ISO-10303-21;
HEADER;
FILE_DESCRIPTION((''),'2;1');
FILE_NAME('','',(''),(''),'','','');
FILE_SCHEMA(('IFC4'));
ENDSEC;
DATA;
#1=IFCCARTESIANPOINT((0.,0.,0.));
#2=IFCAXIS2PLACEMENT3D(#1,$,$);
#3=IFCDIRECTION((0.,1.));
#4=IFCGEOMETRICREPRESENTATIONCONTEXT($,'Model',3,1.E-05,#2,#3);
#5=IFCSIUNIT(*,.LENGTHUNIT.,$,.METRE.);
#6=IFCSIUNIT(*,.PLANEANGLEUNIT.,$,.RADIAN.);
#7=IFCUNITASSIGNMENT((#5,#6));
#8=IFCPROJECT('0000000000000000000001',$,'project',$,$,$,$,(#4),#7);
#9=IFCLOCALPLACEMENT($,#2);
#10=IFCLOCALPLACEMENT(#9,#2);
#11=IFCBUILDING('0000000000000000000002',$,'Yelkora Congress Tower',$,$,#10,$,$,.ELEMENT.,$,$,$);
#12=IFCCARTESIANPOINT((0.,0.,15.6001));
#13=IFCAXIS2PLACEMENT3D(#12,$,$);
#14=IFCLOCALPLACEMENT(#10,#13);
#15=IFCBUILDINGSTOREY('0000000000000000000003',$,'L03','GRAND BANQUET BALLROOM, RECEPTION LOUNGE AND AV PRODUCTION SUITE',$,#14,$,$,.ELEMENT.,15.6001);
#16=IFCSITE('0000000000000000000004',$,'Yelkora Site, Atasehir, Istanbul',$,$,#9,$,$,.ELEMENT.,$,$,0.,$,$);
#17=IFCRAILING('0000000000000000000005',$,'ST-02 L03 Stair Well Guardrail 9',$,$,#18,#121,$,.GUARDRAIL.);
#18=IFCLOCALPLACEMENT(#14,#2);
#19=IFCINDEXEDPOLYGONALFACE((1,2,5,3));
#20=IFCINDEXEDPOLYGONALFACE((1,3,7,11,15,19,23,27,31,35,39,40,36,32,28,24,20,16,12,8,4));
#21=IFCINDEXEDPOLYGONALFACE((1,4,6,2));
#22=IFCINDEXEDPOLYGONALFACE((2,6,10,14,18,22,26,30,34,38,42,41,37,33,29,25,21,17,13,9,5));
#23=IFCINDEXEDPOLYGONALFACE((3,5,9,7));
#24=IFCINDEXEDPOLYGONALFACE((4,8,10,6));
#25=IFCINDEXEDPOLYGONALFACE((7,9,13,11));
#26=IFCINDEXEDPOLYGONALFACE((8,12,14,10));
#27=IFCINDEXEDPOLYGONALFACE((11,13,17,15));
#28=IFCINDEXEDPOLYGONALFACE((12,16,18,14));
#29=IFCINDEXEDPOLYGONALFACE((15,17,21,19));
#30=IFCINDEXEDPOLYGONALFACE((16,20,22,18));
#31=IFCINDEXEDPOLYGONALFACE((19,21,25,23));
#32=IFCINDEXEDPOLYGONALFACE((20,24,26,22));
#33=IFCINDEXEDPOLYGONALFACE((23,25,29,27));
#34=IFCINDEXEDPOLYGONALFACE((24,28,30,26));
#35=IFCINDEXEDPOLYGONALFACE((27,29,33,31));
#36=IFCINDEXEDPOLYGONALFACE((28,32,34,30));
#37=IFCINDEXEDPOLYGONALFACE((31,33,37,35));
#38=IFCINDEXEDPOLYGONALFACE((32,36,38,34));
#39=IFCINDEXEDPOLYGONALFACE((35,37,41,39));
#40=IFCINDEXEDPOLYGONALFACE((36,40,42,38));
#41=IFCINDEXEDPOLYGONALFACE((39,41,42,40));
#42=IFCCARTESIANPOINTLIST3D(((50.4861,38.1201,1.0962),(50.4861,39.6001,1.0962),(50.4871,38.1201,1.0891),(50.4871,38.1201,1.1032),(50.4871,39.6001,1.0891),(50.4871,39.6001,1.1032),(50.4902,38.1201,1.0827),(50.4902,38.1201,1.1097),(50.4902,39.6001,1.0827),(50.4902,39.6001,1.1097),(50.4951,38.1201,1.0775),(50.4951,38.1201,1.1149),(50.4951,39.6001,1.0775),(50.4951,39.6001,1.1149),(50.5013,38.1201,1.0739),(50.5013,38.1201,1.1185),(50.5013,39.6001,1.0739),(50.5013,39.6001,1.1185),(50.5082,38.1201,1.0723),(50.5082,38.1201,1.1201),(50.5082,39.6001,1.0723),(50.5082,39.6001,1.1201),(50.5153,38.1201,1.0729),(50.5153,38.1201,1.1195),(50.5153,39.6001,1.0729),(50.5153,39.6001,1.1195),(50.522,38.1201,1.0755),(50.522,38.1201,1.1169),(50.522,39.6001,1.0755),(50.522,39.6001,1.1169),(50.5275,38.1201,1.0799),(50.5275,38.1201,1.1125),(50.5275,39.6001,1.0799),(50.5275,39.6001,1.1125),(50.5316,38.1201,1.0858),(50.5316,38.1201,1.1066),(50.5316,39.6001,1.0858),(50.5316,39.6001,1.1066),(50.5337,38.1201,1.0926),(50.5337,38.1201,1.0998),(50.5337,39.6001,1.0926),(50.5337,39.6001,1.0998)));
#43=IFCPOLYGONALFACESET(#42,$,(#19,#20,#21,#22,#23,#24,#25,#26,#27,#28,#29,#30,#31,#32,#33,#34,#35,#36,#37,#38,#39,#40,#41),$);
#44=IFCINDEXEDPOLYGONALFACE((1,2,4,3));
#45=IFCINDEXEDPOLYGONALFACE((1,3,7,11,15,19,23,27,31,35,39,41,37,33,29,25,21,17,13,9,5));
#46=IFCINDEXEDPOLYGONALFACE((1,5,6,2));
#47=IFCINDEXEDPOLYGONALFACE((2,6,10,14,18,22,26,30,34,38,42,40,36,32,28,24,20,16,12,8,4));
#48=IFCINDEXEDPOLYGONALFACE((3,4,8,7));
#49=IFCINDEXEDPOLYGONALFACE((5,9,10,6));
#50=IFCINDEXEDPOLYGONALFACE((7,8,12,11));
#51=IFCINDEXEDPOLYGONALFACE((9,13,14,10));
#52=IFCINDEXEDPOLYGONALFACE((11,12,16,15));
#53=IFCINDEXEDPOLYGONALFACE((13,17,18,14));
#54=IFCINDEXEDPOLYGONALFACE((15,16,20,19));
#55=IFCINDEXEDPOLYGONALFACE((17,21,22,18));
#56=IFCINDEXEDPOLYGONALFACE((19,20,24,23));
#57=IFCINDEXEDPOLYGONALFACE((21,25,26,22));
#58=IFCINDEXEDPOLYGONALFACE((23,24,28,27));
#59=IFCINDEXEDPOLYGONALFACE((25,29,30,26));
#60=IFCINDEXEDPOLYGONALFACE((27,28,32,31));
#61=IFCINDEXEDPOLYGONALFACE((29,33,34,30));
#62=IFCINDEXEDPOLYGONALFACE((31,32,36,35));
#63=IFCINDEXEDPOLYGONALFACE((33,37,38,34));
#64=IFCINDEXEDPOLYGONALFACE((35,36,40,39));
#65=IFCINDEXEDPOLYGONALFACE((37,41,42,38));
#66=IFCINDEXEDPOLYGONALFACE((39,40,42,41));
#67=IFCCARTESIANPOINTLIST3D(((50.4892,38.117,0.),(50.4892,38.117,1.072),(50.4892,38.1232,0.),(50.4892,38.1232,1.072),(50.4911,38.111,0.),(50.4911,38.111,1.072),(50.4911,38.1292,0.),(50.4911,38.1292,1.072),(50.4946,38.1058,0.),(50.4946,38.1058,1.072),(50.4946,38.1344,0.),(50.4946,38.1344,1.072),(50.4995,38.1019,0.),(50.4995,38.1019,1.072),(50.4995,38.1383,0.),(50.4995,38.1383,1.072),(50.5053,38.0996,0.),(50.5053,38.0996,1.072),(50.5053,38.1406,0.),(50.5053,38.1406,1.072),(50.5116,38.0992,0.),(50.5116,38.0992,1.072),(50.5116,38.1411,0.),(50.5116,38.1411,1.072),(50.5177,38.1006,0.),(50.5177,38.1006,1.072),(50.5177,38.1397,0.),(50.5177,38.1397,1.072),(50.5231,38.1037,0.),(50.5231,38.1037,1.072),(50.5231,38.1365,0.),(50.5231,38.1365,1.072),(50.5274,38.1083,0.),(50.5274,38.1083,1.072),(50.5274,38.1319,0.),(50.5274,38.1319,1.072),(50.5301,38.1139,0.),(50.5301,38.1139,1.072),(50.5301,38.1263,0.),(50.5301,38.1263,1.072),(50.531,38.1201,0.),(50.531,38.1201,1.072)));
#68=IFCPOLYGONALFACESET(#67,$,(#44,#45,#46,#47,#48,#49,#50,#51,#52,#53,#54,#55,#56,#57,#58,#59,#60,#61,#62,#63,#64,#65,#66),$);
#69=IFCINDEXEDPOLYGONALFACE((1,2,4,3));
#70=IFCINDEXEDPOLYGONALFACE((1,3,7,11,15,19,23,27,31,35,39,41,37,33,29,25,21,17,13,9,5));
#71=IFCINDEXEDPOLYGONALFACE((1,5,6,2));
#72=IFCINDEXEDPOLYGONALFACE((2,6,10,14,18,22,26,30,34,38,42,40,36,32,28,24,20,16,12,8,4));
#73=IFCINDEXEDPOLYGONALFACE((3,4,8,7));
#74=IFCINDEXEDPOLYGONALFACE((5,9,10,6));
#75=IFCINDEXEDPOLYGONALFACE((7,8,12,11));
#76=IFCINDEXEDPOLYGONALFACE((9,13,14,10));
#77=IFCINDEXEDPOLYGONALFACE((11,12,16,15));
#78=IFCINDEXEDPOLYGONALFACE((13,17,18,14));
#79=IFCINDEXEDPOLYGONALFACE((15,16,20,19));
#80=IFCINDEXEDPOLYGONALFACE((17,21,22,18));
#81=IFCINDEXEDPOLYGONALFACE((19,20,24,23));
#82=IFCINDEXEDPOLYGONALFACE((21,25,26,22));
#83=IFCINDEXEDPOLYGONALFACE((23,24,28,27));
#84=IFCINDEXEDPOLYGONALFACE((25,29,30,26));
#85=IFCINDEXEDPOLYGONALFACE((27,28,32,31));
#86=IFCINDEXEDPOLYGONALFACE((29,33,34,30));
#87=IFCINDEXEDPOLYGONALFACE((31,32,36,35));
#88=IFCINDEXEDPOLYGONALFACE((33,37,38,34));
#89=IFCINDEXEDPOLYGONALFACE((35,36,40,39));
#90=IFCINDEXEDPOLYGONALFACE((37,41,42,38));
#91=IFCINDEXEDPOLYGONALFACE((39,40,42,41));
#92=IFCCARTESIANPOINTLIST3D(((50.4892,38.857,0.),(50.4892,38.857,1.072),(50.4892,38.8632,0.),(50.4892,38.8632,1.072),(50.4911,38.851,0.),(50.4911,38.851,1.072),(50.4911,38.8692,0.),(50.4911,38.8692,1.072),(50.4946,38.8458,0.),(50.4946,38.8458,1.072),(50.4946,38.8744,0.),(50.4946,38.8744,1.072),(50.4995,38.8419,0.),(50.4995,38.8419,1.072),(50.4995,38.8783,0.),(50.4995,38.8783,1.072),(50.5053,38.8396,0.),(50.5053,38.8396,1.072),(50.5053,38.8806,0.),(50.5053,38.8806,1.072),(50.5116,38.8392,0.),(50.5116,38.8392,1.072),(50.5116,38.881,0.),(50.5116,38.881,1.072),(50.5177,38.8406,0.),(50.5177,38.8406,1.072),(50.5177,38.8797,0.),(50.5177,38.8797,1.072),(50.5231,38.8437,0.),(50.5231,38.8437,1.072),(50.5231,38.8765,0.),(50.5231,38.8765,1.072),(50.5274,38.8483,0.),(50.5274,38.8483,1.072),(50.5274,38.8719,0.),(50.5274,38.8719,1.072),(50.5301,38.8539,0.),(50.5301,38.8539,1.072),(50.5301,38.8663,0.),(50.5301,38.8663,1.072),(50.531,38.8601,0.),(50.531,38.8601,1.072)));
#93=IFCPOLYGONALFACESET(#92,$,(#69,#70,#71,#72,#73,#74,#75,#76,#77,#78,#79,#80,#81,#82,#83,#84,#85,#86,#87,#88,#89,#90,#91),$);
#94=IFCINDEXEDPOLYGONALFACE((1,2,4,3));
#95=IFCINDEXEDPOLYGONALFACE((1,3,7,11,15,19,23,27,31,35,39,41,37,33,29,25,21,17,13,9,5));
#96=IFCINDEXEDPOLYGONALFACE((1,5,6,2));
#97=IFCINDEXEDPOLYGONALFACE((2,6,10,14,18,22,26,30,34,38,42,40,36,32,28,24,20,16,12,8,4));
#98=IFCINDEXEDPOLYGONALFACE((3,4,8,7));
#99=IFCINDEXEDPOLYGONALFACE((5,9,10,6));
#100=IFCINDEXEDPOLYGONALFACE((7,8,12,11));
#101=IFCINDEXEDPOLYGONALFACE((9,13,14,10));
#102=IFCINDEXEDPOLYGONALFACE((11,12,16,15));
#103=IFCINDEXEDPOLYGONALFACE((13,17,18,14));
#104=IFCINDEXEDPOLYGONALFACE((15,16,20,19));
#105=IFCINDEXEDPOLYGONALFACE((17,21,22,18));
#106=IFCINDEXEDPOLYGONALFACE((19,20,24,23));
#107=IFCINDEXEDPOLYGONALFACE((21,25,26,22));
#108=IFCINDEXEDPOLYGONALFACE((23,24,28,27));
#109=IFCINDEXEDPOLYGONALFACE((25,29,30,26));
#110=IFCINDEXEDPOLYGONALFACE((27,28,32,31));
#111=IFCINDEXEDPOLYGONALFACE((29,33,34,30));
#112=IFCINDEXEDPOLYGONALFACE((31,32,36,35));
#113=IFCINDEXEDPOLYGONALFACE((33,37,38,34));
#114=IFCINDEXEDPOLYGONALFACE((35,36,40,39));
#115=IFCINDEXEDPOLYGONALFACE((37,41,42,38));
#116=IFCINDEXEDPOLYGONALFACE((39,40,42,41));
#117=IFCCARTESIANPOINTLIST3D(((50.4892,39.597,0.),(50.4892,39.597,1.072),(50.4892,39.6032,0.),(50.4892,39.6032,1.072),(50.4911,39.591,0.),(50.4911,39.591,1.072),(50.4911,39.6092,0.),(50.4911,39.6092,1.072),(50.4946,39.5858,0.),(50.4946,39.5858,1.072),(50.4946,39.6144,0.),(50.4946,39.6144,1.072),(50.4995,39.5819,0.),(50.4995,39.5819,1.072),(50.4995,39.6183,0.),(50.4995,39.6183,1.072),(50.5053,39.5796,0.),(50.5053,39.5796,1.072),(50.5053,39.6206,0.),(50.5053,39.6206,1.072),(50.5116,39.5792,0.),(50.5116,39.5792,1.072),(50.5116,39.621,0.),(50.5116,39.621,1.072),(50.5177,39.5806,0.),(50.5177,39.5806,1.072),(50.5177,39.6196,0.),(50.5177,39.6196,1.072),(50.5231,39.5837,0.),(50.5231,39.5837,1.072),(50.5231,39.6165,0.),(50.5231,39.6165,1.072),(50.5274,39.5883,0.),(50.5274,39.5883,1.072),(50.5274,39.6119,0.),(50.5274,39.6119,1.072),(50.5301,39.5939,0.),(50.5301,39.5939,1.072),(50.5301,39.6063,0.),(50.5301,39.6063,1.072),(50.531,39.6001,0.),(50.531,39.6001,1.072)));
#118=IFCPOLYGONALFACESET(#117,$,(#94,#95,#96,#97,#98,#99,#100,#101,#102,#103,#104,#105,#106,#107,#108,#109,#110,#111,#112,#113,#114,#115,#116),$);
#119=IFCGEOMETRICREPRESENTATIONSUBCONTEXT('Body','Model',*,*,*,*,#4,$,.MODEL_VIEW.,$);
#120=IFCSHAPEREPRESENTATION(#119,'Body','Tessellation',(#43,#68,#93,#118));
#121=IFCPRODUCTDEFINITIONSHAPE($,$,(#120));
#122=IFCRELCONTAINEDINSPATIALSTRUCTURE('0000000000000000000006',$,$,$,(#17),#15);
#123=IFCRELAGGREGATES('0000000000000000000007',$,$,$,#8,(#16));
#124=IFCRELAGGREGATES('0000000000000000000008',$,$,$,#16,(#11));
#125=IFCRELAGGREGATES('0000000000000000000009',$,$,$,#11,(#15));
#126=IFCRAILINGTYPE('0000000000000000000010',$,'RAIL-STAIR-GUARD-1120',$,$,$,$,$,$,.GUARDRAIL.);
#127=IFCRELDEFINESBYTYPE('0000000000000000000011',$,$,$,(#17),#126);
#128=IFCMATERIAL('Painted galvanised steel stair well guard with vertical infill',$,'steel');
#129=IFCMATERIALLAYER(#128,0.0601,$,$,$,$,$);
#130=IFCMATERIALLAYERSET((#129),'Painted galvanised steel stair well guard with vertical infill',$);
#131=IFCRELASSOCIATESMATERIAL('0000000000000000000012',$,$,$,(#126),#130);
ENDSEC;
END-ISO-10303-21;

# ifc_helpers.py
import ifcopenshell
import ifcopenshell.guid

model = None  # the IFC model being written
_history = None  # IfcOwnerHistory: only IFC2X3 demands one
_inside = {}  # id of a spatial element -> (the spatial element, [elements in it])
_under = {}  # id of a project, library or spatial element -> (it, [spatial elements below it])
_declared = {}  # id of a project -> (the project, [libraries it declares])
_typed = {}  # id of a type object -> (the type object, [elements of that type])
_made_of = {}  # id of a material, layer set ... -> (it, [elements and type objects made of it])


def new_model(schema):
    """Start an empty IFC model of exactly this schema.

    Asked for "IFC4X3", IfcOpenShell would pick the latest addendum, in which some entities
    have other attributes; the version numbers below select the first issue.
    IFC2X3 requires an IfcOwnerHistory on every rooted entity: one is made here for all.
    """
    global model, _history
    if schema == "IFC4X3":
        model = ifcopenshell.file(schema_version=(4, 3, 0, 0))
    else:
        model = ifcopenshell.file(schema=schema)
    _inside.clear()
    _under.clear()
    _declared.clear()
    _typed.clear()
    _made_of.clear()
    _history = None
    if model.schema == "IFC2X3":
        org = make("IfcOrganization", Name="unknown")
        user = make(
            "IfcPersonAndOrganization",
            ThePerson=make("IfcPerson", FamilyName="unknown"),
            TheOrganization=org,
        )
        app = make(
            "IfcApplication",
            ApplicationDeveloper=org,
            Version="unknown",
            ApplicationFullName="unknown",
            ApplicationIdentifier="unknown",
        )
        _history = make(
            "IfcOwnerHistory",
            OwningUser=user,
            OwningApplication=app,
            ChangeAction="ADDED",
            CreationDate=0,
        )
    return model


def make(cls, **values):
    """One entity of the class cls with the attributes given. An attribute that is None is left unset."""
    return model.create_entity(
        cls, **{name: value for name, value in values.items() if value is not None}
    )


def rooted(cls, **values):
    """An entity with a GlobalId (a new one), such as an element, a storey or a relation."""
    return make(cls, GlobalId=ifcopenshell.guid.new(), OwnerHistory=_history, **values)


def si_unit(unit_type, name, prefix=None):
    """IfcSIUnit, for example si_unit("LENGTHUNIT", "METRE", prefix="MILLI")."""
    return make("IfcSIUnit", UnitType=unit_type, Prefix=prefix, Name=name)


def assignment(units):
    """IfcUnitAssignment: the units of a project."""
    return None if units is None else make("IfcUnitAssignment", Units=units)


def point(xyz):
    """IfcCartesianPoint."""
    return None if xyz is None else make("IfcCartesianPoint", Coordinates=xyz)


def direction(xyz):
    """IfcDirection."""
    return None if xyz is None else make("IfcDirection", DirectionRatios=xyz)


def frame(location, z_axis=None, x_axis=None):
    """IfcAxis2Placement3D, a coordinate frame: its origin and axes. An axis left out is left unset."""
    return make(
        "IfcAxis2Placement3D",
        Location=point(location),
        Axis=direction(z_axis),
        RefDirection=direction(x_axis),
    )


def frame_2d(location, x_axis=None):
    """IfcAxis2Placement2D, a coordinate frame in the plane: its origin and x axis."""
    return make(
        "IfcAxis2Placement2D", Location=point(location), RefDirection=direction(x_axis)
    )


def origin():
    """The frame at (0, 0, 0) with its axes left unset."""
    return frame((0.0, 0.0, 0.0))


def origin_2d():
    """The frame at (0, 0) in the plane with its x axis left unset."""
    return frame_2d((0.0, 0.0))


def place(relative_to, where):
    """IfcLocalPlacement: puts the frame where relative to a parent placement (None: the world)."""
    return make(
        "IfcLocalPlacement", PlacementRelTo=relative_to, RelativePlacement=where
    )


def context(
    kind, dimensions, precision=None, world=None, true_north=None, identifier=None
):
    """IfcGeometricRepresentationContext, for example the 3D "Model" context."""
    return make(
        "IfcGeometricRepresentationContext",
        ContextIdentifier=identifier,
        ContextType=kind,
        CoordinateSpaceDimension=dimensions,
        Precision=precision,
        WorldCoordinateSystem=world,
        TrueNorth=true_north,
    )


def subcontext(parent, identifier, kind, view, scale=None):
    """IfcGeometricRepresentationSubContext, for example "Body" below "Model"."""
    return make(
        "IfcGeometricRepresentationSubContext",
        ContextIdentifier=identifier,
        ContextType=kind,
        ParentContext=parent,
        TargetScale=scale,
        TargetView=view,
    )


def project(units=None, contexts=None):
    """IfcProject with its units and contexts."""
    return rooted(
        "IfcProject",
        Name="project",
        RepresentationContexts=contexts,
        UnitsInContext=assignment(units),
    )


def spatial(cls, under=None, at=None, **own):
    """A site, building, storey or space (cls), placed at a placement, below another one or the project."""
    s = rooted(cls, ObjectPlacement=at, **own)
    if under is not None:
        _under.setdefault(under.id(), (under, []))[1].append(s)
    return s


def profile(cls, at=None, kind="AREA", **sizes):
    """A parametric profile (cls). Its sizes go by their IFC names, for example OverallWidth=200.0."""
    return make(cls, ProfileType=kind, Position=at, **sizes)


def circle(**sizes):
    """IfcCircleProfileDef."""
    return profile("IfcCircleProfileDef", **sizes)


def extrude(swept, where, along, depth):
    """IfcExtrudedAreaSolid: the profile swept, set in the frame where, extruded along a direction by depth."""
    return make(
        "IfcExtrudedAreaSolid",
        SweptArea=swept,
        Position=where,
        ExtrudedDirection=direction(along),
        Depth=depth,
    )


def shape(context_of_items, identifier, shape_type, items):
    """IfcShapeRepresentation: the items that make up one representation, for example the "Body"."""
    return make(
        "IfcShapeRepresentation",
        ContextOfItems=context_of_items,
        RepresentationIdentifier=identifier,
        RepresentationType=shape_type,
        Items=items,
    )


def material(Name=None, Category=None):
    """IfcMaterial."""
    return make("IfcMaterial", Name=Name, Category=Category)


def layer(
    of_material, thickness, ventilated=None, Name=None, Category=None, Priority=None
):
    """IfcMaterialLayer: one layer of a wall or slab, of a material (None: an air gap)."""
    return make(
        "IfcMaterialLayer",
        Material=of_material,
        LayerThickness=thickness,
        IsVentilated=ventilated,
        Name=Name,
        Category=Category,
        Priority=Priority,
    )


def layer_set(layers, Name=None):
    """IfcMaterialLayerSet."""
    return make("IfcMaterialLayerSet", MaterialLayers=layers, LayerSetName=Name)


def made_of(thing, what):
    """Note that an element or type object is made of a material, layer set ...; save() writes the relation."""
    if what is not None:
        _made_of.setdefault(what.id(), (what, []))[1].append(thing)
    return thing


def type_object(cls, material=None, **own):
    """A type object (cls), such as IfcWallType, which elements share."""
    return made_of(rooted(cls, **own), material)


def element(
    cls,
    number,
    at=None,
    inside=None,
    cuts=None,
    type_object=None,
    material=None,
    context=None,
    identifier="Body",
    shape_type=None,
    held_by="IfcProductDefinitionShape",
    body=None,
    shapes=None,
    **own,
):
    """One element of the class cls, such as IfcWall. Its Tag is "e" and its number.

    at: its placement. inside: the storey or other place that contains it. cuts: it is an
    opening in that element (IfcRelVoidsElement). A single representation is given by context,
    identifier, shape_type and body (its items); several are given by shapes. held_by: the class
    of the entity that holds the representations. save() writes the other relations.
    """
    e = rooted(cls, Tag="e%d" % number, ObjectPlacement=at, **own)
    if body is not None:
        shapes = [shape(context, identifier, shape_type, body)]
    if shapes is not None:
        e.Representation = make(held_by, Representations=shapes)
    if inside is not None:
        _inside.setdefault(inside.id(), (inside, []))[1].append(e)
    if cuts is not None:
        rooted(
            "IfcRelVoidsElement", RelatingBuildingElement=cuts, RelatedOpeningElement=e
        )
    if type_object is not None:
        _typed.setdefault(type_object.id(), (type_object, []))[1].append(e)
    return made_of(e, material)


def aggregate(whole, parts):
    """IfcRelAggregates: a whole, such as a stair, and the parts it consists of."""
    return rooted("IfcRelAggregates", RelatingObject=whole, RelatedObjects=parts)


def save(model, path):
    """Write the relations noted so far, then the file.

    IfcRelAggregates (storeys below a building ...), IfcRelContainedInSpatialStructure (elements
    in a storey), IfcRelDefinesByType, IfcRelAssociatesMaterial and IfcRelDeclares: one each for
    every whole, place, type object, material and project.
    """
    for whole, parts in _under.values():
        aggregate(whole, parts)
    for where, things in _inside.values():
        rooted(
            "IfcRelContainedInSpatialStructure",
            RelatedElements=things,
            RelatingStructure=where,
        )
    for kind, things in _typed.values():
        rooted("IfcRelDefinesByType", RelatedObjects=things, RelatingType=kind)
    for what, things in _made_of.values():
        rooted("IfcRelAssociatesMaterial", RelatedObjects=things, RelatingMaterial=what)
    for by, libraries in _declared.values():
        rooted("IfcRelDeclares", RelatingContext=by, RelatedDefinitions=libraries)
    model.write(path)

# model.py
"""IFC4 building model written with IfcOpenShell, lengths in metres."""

from ifc_helpers import new_model, si_unit, direction, frame, origin, origin_2d, place, context, subcontext, project, spatial, circle, extrude, material, layer, layer_set, type_object, element, save


model = new_model("IFC4")

# Units and contexts
model_context = context("Model", 3, precision=1e-05, world=origin(), true_north=direction((0.0, 1.0)))
body_context = subcontext(model_context, "Body", "Model", "MODEL_VIEW")
ifc_project = project(units=[si_unit("LENGTHUNIT", "METRE"), si_unit("PLANEANGLEUNIT", "RADIAN")], contexts=[model_context])

# Site, building, storey
site_placement = place(None, origin())
site = spatial("IfcSite", under=ifc_project, at=site_placement, Name="Yelkora Site, Atasehir, Istanbul", CompositionType="ELEMENT", RefElevation=0.0)
building_placement = place(site_placement, origin())
building = spatial("IfcBuilding", under=site, at=building_placement, Name="Yelkora Congress Tower", CompositionType="ELEMENT")
storey_placement = place(building_placement, frame((0.0, 0.0, 15.6001)))
storey = spatial("IfcBuildingStorey", under=building, at=storey_placement, Name="L03", Description="GRAND BANQUET BALLROOM, RECEPTION LOUNGE AND AV PRODUCTION SUITE", CompositionType="ELEMENT", Elevation=15.6001)

# Railing
ifc_material_1 = material(Name="Painted galvanised steel stair well guard with vertical infill", Category="steel")
ifc_layer_1 = layer(ifc_material_1, 0.0601)
ifc_layer_set_1 = layer_set([ifc_layer_1], Name="Painted galvanised steel stair well guard with vertical infill")
railing_type = type_object("IfcRailingType", Name="RAIL-STAIR-GUARD-1120", PredefinedType="GUARDRAIL", material=ifc_layer_set_1)
for number, where, name in (
    (1, (50.51, 38.1201, 0.0), "ST-02 L03 Stair Well Guardrail 9"),
):
    element("IfcRailing", number, at=place(storey_placement, frame(where)), inside=storey, type_object=railing_type, Name=name, PredefinedType="GUARDRAIL", context=body_context, shape_type="SweptSolid", body=[
        extrude(circle(Radius=0.0239, at=origin_2d()), frame((0.0, 0.0, 1.0962), z_axis=(0.0, 1.0, 0.0), x_axis=(-1.0, 0.0, 0.0)), (0.0, 0.0, 1.0), 1.48),
        extrude(circle(Radius=0.021, at=origin_2d()), origin(), (0.0, 0.0, 1.0), 1.072),
        extrude(circle(Radius=0.021, at=origin_2d()), frame((0.0, 0.74, 0.0)), (0.0, 0.0, 1.0), 1.072),
        extrude(circle(Radius=0.021, at=origin_2d()), frame((0.0, 1.48, 0.0)), (0.0, 0.0, 1.0), 1.072),
    ])

save(model, "model.ifc")
